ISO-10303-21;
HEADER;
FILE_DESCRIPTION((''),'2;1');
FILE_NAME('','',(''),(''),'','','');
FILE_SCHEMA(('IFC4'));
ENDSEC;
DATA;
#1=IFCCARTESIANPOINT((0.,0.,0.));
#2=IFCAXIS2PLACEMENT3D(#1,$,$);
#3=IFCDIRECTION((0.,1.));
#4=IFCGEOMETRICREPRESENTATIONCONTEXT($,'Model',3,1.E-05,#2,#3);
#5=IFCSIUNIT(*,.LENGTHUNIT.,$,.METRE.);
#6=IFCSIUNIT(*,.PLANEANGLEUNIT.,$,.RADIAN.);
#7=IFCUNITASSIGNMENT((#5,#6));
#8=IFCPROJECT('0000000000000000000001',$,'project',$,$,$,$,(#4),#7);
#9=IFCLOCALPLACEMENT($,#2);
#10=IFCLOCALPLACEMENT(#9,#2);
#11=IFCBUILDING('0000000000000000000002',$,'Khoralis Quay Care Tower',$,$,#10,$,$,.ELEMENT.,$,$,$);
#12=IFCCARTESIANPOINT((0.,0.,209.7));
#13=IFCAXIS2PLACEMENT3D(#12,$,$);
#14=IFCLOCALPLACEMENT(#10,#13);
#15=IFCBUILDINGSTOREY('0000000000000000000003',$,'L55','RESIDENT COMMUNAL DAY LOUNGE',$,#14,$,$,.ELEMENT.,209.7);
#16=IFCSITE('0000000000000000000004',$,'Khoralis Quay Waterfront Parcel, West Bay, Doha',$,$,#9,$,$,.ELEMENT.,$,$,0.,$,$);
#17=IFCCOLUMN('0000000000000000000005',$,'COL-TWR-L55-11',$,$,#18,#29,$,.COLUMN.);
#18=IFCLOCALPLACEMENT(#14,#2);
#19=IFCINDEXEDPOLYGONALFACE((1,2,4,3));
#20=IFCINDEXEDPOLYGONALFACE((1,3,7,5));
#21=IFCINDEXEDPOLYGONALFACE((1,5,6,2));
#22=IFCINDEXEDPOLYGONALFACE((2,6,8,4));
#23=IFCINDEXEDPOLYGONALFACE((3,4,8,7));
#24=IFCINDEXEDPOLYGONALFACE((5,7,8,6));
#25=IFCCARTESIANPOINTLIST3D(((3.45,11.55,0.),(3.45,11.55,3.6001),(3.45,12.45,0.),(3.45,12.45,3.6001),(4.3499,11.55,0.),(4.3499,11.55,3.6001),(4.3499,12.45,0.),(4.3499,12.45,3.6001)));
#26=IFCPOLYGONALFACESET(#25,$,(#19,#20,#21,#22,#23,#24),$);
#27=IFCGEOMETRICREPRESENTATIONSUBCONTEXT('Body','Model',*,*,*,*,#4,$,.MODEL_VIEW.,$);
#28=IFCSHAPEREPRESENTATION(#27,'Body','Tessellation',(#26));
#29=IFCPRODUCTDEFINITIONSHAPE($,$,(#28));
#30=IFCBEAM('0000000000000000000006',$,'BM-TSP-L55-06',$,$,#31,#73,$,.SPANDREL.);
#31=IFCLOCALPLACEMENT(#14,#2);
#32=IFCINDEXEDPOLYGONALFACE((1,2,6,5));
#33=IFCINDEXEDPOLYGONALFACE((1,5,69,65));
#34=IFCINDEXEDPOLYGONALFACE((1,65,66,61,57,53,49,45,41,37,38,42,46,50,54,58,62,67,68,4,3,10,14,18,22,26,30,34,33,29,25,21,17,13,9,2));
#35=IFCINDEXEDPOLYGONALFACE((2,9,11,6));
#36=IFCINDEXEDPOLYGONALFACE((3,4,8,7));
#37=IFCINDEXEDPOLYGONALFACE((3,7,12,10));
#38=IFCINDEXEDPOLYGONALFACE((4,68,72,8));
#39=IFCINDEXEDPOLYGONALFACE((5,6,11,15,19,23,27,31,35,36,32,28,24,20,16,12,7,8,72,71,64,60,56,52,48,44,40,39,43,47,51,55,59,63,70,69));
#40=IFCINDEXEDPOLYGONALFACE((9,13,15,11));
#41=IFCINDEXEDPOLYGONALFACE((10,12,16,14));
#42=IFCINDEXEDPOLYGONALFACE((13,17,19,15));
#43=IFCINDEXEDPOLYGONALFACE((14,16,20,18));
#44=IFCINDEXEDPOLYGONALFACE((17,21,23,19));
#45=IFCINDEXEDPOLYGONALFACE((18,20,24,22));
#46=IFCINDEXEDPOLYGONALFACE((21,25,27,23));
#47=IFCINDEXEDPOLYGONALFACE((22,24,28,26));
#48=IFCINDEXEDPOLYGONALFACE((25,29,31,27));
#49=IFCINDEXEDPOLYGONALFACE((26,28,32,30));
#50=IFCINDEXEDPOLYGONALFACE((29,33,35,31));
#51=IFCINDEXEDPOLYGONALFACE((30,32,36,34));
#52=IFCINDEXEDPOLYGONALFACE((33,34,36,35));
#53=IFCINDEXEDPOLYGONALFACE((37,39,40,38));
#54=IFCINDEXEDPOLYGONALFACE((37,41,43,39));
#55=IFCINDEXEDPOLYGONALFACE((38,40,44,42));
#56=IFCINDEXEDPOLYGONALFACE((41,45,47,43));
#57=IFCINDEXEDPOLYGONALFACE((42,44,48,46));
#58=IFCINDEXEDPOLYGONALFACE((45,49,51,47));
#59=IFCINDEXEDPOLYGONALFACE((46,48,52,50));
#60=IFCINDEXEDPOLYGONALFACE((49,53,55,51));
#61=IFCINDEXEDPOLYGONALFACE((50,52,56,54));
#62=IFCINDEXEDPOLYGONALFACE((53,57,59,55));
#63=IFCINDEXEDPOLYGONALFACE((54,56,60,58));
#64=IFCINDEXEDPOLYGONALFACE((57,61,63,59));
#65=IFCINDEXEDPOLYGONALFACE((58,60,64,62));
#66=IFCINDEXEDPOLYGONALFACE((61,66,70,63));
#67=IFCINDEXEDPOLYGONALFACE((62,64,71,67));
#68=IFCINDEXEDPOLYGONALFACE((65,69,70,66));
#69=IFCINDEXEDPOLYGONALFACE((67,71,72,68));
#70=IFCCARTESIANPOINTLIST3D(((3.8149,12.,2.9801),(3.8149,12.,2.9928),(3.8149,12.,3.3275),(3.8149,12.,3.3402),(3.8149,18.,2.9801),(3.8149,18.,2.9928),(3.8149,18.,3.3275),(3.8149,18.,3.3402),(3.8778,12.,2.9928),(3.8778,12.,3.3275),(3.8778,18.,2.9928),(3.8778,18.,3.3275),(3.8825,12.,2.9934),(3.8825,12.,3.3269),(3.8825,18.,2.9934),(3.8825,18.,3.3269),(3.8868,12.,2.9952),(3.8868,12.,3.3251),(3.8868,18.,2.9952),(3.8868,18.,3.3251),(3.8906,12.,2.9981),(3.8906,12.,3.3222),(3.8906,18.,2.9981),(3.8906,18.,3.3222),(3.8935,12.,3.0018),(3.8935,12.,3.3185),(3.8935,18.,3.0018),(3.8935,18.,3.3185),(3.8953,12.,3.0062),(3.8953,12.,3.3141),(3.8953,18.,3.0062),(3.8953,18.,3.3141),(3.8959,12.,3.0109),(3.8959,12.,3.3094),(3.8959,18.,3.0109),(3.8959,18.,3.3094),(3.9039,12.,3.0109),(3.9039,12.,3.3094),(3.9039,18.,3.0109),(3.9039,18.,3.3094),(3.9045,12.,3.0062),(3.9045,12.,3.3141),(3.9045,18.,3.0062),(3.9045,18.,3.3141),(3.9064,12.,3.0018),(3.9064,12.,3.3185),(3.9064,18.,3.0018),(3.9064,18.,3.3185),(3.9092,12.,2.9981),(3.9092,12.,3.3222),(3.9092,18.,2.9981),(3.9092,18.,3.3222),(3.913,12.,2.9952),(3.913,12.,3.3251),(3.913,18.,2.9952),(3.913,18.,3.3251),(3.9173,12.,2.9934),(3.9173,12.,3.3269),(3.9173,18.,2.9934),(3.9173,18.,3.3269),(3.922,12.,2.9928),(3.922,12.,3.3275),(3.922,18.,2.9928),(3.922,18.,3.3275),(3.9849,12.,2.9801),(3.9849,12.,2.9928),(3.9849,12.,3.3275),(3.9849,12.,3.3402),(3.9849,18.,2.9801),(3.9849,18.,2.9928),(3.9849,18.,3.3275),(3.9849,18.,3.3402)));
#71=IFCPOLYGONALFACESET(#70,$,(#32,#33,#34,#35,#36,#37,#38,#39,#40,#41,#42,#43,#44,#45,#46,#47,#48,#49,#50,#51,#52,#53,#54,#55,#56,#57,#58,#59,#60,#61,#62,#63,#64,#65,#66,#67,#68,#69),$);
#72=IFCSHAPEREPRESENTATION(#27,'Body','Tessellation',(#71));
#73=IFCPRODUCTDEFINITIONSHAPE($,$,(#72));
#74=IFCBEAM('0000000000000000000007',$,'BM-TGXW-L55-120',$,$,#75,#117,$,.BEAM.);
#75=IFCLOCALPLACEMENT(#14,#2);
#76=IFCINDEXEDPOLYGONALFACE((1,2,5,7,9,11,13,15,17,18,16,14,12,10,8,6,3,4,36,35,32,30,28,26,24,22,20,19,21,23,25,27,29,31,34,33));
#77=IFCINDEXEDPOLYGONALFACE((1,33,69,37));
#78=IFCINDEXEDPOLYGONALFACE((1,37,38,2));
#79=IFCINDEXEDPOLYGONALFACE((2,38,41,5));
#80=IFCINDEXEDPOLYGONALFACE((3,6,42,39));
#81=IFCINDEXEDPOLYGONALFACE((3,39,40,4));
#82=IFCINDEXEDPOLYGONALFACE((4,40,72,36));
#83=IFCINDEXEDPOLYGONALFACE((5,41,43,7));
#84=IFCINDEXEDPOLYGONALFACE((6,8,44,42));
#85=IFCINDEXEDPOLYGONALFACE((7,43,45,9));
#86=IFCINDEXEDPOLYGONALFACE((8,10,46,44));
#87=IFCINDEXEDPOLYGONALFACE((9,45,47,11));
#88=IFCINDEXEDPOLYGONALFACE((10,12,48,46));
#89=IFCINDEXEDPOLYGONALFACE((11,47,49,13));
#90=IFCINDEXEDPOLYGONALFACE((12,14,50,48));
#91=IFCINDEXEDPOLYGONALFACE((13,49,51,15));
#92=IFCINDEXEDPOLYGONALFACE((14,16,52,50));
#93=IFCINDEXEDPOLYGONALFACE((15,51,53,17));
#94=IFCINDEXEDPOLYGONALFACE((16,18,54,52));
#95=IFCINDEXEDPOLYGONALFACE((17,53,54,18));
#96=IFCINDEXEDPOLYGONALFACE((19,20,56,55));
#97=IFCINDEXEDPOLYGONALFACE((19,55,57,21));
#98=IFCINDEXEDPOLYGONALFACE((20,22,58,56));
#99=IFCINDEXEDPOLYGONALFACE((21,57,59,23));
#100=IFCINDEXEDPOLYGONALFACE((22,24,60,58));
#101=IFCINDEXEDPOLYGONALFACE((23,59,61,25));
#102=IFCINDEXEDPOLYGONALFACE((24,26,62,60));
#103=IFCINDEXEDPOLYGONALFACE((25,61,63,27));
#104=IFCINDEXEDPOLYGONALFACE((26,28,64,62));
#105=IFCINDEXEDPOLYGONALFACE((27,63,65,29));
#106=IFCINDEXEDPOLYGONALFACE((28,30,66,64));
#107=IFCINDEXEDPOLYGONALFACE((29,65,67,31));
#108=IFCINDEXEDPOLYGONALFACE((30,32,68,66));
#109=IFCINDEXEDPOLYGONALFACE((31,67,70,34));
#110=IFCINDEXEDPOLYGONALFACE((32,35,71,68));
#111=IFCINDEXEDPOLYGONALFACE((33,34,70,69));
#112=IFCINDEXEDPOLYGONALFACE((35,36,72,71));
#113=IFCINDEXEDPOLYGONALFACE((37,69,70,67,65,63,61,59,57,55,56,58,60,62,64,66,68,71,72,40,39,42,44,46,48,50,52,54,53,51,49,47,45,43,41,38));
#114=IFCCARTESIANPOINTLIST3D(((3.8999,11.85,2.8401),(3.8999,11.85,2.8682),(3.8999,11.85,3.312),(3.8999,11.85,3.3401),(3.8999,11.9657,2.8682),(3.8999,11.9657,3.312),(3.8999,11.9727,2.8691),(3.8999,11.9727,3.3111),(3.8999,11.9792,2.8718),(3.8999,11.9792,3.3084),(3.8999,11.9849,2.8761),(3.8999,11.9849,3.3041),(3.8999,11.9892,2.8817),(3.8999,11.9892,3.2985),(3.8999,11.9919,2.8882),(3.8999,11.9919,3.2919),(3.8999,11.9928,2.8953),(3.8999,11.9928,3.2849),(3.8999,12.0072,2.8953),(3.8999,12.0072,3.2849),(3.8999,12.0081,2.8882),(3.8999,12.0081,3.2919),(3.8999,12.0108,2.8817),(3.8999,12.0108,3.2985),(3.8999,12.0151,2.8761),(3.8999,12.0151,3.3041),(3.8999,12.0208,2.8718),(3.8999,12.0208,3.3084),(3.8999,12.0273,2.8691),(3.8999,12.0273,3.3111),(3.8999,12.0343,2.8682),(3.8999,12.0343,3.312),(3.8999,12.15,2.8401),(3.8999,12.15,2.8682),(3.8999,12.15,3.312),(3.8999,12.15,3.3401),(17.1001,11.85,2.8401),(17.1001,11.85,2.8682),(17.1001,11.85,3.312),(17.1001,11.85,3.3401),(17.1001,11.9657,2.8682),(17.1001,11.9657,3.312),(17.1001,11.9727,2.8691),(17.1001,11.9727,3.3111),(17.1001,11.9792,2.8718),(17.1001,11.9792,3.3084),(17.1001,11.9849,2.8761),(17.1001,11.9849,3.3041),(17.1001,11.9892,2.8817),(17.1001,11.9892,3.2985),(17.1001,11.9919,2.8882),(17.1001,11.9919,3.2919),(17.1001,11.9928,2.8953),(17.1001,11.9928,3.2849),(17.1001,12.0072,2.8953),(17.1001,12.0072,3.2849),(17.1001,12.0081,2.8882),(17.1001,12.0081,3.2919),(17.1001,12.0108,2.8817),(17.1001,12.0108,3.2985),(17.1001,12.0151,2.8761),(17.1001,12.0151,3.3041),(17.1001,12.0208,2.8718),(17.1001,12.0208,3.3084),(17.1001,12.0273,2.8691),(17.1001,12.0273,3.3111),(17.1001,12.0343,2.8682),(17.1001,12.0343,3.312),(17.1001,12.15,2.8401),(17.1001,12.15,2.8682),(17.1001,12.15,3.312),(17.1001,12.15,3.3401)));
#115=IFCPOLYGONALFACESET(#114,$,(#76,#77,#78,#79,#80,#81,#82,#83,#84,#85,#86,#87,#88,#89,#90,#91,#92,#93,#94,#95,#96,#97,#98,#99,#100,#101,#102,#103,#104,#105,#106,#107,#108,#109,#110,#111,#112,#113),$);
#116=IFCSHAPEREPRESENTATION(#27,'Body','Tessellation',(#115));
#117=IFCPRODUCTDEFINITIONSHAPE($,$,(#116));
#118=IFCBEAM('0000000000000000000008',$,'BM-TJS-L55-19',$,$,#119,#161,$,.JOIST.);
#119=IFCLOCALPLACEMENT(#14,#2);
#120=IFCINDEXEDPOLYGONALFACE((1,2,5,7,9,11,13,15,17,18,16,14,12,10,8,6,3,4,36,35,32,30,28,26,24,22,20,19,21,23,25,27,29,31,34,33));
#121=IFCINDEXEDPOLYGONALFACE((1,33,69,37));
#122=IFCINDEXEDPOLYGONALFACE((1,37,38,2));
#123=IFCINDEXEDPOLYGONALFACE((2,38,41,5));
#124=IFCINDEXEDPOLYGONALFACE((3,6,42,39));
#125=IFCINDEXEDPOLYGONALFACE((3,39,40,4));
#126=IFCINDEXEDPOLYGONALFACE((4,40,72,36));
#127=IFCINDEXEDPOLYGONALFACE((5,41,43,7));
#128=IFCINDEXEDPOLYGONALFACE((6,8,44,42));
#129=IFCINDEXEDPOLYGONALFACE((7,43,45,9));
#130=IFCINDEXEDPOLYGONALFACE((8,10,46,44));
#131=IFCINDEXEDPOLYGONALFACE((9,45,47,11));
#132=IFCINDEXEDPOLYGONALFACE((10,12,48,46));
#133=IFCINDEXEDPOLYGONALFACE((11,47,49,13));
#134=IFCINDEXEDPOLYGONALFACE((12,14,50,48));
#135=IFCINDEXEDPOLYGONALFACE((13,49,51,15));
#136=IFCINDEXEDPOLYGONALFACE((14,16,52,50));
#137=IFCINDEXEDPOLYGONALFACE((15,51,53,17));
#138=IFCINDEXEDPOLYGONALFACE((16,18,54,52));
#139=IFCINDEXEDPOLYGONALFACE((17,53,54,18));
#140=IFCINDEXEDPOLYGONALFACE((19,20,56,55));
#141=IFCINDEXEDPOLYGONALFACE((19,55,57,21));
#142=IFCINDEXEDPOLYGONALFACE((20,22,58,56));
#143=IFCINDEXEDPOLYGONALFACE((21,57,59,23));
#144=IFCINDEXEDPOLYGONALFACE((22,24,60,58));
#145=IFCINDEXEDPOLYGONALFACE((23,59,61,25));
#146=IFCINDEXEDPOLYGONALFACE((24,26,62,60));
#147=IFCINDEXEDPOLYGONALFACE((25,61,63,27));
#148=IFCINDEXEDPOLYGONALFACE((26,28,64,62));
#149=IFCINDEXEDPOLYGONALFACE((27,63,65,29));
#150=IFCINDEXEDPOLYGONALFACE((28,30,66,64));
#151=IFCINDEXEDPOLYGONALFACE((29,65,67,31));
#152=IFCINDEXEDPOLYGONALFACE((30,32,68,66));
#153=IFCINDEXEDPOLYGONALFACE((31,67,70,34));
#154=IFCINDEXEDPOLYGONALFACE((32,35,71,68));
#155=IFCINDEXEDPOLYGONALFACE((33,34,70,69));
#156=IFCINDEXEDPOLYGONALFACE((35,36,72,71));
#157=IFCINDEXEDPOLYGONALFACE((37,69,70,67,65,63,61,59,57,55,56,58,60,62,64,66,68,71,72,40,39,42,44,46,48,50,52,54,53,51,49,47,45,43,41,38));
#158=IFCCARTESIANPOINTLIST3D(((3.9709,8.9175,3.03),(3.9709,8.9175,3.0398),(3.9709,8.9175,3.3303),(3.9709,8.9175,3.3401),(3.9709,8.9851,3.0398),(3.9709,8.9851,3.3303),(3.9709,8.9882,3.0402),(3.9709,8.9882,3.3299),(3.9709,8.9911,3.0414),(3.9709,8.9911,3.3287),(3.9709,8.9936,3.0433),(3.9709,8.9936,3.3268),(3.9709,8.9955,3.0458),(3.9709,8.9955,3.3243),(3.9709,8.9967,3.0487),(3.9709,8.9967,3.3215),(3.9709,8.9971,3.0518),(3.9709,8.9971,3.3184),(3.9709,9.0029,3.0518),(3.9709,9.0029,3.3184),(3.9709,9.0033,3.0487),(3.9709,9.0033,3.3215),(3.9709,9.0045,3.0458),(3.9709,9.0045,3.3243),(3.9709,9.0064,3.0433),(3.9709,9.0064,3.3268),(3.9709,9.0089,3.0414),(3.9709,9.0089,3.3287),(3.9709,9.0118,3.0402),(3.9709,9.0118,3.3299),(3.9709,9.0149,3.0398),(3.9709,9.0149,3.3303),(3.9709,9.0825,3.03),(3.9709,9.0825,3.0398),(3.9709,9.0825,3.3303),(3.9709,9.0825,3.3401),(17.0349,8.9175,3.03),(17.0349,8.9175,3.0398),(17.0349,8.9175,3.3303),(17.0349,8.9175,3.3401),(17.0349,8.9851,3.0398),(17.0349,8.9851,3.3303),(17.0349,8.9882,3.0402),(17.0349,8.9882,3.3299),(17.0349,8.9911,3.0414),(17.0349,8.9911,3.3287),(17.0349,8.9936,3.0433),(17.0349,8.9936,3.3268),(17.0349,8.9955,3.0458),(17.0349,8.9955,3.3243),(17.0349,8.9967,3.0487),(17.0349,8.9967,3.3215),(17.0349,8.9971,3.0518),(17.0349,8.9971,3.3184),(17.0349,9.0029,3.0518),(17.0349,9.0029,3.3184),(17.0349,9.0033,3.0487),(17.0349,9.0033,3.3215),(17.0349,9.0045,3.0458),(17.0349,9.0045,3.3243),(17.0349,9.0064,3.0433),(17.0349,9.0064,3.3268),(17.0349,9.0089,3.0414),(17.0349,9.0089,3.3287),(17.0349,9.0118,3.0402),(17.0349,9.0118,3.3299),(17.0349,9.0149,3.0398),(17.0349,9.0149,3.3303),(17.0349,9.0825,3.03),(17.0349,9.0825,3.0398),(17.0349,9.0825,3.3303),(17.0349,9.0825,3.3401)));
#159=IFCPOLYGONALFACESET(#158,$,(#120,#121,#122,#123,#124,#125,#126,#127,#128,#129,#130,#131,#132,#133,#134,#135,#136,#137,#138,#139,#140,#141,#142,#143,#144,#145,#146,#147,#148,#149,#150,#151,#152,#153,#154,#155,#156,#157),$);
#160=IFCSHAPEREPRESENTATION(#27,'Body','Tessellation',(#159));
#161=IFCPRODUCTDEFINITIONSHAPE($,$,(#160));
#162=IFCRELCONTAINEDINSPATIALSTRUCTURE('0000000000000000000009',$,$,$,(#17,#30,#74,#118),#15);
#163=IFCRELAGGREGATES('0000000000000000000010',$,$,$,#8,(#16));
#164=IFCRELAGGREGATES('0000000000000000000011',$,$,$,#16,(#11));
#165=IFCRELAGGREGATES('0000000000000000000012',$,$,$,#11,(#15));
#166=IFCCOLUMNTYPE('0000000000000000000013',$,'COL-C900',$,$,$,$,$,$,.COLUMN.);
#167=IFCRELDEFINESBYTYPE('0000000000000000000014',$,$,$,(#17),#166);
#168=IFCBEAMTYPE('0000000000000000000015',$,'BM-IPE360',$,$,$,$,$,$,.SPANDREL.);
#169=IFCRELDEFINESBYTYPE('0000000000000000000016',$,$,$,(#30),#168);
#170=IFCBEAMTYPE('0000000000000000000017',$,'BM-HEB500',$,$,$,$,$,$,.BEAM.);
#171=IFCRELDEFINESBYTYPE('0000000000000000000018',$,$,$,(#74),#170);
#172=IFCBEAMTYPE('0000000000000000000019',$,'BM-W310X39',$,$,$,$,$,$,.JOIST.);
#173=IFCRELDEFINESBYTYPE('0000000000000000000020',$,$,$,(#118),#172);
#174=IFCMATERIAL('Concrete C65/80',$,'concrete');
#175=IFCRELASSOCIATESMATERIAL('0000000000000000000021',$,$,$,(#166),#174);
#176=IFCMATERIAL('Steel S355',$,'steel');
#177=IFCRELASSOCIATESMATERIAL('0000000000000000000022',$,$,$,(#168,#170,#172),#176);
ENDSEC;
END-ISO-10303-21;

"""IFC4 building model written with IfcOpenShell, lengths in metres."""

from ifc_helpers import new_model, si_unit, direction, frame, origin, origin_2d, place, context, subcontext, project, spatial, rectangle, i_section, extrude, source, transform, mapped, material, material_profile, profile_set, type_object, element, save


model = new_model("IFC4")

# Units and contexts
model_context = context("Model", 3, precision=1e-05, world=origin(), true_north=direction((0.0, 1.0)))
body_context = subcontext(model_context, "Body", "Model", "MODEL_VIEW")
ifc_project = project(units=[si_unit("LENGTHUNIT", "METRE"), si_unit("PLANEANGLEUNIT", "RADIAN")], contexts=[model_context])

# Site, building, storey
site_placement = place(None, origin())
site = spatial("IfcSite", under=ifc_project, at=site_placement, Name="Khoralis Quay Waterfront Parcel, West Bay, Doha", CompositionType="ELEMENT", RefElevation=0.0)
building_placement = place(site_placement, origin())
building = spatial("IfcBuilding", under=site, at=building_placement, Name="Khoralis Quay Care Tower", CompositionType="ELEMENT")
storey_placement = place(building_placement, frame((0.0, 0.0, 209.7)))
storey = spatial("IfcBuildingStorey", under=building, at=storey_placement, Name="L55", Description="RESIDENT COMMUNAL DAY LOUNGE", CompositionType="ELEMENT", Elevation=209.7)

# Column
ifc_material_1 = material(Name="Concrete C65/80", Category="concrete")
ifc_material_profile_1 = material_profile(ifc_material_1, rectangle(XDim=0.8999, YDim=0.8999, at=origin_2d()), Name="Concrete C65/80")
ifc_profile_set_1 = profile_set([ifc_material_profile_1], Name="Concrete C65/80")
column_type = type_object("IfcColumnType", Name="COL-C900", PredefinedType="COLUMN", material=ifc_profile_set_1)
shared_shape_1 = source(origin(), body_context, "Body", "SweptSolid", [
    extrude(rectangle(XDim=0.8999, YDim=0.8999, at=origin_2d()), origin(), (0.0, 0.0, 1.0), 3.6001),
])
column_placement = place(storey_placement, frame((3.8999, 12.0, 0.0), z_axis=(0.0, 0.0, 1.0), x_axis=(1.0, 0.0, 0.0)))
element("IfcColumn", 1, at=column_placement, inside=storey, type_object=column_type, Name="COL-TWR-L55-11", PredefinedType="COLUMN", context=body_context, shape_type="MappedRepresentation", body=[
    mapped(shared_shape_1, transform((0.0, 0.0, 0.0), scale=1.0)),
])

# Beams
ifc_material_2 = material(Name="Steel S355", Category="steel")
ifc_material_profile_2 = material_profile(ifc_material_2, i_section(OverallWidth=0.1699, OverallDepth=0.3601, WebThickness=0.0081, FlangeThickness=0.0127, FilletRadius=0.0181, at=origin_2d()), Name="Steel S355")
ifc_profile_set_2 = profile_set([ifc_material_profile_2], Name="Steel S355")
beam_type_1 = type_object("IfcBeamType", Name="BM-IPE360", PredefinedType="SPANDREL", material=ifc_profile_set_2)
shared_shape_2 = source(origin(), body_context, "Body", "SweptSolid", [
    extrude(i_section(OverallWidth=0.1699, OverallDepth=0.3601, WebThickness=0.0081, FlangeThickness=0.0127, FilletRadius=0.0181, at=origin_2d()), origin(), (0.0, 0.0, 1.0), 6.0),
])
beam_1_placement = place(storey_placement, frame((3.8999, 12.0, 3.1602), z_axis=(0.0, 1.0, 0.0), x_axis=(-1.0, 0.0, 0.0)))
element("IfcBeam", 2, at=beam_1_placement, inside=storey, type_object=beam_type_1, Name="BM-TSP-L55-06", PredefinedType="SPANDREL", context=body_context, shape_type="MappedRepresentation", body=[
    mapped(shared_shape_2, transform((0.0, 0.0, 0.0), scale=1.0)),
])
ifc_material_profile_3 = material_profile(ifc_material_2, i_section(OverallWidth=0.3, OverallDepth=0.5, WebThickness=0.0144, FlangeThickness=0.0281, FilletRadius=0.0271, at=origin_2d()), Name="Steel S355")
ifc_profile_set_3 = profile_set([ifc_material_profile_3], Name="Steel S355")
beam_type_2 = type_object("IfcBeamType", Name="BM-HEB500", PredefinedType="BEAM", material=ifc_profile_set_3)
shared_shape_3 = source(origin(), body_context, "Body", "SweptSolid", [
    extrude(i_section(OverallWidth=0.3, OverallDepth=0.5, WebThickness=0.0144, FlangeThickness=0.0281, FilletRadius=0.0271, at=origin_2d()), origin(), (0.0, 0.0, 1.0), 13.2002),
])
beam_2_placement = place(storey_placement, frame((3.8999, 12.0, 3.0901), z_axis=(1.0, 0.0, 0.0), x_axis=(0.0, 1.0, 0.0)))
element("IfcBeam", 3, at=beam_2_placement, inside=storey, type_object=beam_type_2, Name="BM-TGXW-L55-120", PredefinedType="BEAM", context=body_context, shape_type="MappedRepresentation", body=[
    mapped(shared_shape_3, transform((0.0, 0.0, 0.0), scale=1.0)),
])
ifc_material_profile_4 = material_profile(ifc_material_2, i_section(OverallWidth=0.165, OverallDepth=0.3101, WebThickness=0.0059, FlangeThickness=0.0098, FilletRadius=0.012, at=origin_2d()), Name="Steel S355")
ifc_profile_set_4 = profile_set([ifc_material_profile_4], Name="Steel S355")
beam_type_3 = type_object("IfcBeamType", Name="BM-W310X39", PredefinedType="JOIST", material=ifc_profile_set_4)
shared_shape_4 = source(origin(), body_context, "Body", "SweptSolid", [
    extrude(i_section(OverallWidth=0.165, OverallDepth=0.3101, WebThickness=0.0059, FlangeThickness=0.0098, FilletRadius=0.012, at=origin_2d()), origin(), (0.0, 0.0, 1.0), 13.064),
])
beam_3_placement = place(storey_placement, frame((3.9709, 9.0, 3.1851), z_axis=(1.0, 0.0, 0.0), x_axis=(0.0, 1.0, 0.0)))
element("IfcBeam", 4, at=beam_3_placement, inside=storey, type_object=beam_type_3, Name="BM-TJS-L55-19", PredefinedType="JOIST", context=body_context, shape_type="MappedRepresentation", body=[
    mapped(shared_shape_4, transform((0.0, 0.0, 0.0), scale=1.0)),
])

save(model, "model.ifc")
